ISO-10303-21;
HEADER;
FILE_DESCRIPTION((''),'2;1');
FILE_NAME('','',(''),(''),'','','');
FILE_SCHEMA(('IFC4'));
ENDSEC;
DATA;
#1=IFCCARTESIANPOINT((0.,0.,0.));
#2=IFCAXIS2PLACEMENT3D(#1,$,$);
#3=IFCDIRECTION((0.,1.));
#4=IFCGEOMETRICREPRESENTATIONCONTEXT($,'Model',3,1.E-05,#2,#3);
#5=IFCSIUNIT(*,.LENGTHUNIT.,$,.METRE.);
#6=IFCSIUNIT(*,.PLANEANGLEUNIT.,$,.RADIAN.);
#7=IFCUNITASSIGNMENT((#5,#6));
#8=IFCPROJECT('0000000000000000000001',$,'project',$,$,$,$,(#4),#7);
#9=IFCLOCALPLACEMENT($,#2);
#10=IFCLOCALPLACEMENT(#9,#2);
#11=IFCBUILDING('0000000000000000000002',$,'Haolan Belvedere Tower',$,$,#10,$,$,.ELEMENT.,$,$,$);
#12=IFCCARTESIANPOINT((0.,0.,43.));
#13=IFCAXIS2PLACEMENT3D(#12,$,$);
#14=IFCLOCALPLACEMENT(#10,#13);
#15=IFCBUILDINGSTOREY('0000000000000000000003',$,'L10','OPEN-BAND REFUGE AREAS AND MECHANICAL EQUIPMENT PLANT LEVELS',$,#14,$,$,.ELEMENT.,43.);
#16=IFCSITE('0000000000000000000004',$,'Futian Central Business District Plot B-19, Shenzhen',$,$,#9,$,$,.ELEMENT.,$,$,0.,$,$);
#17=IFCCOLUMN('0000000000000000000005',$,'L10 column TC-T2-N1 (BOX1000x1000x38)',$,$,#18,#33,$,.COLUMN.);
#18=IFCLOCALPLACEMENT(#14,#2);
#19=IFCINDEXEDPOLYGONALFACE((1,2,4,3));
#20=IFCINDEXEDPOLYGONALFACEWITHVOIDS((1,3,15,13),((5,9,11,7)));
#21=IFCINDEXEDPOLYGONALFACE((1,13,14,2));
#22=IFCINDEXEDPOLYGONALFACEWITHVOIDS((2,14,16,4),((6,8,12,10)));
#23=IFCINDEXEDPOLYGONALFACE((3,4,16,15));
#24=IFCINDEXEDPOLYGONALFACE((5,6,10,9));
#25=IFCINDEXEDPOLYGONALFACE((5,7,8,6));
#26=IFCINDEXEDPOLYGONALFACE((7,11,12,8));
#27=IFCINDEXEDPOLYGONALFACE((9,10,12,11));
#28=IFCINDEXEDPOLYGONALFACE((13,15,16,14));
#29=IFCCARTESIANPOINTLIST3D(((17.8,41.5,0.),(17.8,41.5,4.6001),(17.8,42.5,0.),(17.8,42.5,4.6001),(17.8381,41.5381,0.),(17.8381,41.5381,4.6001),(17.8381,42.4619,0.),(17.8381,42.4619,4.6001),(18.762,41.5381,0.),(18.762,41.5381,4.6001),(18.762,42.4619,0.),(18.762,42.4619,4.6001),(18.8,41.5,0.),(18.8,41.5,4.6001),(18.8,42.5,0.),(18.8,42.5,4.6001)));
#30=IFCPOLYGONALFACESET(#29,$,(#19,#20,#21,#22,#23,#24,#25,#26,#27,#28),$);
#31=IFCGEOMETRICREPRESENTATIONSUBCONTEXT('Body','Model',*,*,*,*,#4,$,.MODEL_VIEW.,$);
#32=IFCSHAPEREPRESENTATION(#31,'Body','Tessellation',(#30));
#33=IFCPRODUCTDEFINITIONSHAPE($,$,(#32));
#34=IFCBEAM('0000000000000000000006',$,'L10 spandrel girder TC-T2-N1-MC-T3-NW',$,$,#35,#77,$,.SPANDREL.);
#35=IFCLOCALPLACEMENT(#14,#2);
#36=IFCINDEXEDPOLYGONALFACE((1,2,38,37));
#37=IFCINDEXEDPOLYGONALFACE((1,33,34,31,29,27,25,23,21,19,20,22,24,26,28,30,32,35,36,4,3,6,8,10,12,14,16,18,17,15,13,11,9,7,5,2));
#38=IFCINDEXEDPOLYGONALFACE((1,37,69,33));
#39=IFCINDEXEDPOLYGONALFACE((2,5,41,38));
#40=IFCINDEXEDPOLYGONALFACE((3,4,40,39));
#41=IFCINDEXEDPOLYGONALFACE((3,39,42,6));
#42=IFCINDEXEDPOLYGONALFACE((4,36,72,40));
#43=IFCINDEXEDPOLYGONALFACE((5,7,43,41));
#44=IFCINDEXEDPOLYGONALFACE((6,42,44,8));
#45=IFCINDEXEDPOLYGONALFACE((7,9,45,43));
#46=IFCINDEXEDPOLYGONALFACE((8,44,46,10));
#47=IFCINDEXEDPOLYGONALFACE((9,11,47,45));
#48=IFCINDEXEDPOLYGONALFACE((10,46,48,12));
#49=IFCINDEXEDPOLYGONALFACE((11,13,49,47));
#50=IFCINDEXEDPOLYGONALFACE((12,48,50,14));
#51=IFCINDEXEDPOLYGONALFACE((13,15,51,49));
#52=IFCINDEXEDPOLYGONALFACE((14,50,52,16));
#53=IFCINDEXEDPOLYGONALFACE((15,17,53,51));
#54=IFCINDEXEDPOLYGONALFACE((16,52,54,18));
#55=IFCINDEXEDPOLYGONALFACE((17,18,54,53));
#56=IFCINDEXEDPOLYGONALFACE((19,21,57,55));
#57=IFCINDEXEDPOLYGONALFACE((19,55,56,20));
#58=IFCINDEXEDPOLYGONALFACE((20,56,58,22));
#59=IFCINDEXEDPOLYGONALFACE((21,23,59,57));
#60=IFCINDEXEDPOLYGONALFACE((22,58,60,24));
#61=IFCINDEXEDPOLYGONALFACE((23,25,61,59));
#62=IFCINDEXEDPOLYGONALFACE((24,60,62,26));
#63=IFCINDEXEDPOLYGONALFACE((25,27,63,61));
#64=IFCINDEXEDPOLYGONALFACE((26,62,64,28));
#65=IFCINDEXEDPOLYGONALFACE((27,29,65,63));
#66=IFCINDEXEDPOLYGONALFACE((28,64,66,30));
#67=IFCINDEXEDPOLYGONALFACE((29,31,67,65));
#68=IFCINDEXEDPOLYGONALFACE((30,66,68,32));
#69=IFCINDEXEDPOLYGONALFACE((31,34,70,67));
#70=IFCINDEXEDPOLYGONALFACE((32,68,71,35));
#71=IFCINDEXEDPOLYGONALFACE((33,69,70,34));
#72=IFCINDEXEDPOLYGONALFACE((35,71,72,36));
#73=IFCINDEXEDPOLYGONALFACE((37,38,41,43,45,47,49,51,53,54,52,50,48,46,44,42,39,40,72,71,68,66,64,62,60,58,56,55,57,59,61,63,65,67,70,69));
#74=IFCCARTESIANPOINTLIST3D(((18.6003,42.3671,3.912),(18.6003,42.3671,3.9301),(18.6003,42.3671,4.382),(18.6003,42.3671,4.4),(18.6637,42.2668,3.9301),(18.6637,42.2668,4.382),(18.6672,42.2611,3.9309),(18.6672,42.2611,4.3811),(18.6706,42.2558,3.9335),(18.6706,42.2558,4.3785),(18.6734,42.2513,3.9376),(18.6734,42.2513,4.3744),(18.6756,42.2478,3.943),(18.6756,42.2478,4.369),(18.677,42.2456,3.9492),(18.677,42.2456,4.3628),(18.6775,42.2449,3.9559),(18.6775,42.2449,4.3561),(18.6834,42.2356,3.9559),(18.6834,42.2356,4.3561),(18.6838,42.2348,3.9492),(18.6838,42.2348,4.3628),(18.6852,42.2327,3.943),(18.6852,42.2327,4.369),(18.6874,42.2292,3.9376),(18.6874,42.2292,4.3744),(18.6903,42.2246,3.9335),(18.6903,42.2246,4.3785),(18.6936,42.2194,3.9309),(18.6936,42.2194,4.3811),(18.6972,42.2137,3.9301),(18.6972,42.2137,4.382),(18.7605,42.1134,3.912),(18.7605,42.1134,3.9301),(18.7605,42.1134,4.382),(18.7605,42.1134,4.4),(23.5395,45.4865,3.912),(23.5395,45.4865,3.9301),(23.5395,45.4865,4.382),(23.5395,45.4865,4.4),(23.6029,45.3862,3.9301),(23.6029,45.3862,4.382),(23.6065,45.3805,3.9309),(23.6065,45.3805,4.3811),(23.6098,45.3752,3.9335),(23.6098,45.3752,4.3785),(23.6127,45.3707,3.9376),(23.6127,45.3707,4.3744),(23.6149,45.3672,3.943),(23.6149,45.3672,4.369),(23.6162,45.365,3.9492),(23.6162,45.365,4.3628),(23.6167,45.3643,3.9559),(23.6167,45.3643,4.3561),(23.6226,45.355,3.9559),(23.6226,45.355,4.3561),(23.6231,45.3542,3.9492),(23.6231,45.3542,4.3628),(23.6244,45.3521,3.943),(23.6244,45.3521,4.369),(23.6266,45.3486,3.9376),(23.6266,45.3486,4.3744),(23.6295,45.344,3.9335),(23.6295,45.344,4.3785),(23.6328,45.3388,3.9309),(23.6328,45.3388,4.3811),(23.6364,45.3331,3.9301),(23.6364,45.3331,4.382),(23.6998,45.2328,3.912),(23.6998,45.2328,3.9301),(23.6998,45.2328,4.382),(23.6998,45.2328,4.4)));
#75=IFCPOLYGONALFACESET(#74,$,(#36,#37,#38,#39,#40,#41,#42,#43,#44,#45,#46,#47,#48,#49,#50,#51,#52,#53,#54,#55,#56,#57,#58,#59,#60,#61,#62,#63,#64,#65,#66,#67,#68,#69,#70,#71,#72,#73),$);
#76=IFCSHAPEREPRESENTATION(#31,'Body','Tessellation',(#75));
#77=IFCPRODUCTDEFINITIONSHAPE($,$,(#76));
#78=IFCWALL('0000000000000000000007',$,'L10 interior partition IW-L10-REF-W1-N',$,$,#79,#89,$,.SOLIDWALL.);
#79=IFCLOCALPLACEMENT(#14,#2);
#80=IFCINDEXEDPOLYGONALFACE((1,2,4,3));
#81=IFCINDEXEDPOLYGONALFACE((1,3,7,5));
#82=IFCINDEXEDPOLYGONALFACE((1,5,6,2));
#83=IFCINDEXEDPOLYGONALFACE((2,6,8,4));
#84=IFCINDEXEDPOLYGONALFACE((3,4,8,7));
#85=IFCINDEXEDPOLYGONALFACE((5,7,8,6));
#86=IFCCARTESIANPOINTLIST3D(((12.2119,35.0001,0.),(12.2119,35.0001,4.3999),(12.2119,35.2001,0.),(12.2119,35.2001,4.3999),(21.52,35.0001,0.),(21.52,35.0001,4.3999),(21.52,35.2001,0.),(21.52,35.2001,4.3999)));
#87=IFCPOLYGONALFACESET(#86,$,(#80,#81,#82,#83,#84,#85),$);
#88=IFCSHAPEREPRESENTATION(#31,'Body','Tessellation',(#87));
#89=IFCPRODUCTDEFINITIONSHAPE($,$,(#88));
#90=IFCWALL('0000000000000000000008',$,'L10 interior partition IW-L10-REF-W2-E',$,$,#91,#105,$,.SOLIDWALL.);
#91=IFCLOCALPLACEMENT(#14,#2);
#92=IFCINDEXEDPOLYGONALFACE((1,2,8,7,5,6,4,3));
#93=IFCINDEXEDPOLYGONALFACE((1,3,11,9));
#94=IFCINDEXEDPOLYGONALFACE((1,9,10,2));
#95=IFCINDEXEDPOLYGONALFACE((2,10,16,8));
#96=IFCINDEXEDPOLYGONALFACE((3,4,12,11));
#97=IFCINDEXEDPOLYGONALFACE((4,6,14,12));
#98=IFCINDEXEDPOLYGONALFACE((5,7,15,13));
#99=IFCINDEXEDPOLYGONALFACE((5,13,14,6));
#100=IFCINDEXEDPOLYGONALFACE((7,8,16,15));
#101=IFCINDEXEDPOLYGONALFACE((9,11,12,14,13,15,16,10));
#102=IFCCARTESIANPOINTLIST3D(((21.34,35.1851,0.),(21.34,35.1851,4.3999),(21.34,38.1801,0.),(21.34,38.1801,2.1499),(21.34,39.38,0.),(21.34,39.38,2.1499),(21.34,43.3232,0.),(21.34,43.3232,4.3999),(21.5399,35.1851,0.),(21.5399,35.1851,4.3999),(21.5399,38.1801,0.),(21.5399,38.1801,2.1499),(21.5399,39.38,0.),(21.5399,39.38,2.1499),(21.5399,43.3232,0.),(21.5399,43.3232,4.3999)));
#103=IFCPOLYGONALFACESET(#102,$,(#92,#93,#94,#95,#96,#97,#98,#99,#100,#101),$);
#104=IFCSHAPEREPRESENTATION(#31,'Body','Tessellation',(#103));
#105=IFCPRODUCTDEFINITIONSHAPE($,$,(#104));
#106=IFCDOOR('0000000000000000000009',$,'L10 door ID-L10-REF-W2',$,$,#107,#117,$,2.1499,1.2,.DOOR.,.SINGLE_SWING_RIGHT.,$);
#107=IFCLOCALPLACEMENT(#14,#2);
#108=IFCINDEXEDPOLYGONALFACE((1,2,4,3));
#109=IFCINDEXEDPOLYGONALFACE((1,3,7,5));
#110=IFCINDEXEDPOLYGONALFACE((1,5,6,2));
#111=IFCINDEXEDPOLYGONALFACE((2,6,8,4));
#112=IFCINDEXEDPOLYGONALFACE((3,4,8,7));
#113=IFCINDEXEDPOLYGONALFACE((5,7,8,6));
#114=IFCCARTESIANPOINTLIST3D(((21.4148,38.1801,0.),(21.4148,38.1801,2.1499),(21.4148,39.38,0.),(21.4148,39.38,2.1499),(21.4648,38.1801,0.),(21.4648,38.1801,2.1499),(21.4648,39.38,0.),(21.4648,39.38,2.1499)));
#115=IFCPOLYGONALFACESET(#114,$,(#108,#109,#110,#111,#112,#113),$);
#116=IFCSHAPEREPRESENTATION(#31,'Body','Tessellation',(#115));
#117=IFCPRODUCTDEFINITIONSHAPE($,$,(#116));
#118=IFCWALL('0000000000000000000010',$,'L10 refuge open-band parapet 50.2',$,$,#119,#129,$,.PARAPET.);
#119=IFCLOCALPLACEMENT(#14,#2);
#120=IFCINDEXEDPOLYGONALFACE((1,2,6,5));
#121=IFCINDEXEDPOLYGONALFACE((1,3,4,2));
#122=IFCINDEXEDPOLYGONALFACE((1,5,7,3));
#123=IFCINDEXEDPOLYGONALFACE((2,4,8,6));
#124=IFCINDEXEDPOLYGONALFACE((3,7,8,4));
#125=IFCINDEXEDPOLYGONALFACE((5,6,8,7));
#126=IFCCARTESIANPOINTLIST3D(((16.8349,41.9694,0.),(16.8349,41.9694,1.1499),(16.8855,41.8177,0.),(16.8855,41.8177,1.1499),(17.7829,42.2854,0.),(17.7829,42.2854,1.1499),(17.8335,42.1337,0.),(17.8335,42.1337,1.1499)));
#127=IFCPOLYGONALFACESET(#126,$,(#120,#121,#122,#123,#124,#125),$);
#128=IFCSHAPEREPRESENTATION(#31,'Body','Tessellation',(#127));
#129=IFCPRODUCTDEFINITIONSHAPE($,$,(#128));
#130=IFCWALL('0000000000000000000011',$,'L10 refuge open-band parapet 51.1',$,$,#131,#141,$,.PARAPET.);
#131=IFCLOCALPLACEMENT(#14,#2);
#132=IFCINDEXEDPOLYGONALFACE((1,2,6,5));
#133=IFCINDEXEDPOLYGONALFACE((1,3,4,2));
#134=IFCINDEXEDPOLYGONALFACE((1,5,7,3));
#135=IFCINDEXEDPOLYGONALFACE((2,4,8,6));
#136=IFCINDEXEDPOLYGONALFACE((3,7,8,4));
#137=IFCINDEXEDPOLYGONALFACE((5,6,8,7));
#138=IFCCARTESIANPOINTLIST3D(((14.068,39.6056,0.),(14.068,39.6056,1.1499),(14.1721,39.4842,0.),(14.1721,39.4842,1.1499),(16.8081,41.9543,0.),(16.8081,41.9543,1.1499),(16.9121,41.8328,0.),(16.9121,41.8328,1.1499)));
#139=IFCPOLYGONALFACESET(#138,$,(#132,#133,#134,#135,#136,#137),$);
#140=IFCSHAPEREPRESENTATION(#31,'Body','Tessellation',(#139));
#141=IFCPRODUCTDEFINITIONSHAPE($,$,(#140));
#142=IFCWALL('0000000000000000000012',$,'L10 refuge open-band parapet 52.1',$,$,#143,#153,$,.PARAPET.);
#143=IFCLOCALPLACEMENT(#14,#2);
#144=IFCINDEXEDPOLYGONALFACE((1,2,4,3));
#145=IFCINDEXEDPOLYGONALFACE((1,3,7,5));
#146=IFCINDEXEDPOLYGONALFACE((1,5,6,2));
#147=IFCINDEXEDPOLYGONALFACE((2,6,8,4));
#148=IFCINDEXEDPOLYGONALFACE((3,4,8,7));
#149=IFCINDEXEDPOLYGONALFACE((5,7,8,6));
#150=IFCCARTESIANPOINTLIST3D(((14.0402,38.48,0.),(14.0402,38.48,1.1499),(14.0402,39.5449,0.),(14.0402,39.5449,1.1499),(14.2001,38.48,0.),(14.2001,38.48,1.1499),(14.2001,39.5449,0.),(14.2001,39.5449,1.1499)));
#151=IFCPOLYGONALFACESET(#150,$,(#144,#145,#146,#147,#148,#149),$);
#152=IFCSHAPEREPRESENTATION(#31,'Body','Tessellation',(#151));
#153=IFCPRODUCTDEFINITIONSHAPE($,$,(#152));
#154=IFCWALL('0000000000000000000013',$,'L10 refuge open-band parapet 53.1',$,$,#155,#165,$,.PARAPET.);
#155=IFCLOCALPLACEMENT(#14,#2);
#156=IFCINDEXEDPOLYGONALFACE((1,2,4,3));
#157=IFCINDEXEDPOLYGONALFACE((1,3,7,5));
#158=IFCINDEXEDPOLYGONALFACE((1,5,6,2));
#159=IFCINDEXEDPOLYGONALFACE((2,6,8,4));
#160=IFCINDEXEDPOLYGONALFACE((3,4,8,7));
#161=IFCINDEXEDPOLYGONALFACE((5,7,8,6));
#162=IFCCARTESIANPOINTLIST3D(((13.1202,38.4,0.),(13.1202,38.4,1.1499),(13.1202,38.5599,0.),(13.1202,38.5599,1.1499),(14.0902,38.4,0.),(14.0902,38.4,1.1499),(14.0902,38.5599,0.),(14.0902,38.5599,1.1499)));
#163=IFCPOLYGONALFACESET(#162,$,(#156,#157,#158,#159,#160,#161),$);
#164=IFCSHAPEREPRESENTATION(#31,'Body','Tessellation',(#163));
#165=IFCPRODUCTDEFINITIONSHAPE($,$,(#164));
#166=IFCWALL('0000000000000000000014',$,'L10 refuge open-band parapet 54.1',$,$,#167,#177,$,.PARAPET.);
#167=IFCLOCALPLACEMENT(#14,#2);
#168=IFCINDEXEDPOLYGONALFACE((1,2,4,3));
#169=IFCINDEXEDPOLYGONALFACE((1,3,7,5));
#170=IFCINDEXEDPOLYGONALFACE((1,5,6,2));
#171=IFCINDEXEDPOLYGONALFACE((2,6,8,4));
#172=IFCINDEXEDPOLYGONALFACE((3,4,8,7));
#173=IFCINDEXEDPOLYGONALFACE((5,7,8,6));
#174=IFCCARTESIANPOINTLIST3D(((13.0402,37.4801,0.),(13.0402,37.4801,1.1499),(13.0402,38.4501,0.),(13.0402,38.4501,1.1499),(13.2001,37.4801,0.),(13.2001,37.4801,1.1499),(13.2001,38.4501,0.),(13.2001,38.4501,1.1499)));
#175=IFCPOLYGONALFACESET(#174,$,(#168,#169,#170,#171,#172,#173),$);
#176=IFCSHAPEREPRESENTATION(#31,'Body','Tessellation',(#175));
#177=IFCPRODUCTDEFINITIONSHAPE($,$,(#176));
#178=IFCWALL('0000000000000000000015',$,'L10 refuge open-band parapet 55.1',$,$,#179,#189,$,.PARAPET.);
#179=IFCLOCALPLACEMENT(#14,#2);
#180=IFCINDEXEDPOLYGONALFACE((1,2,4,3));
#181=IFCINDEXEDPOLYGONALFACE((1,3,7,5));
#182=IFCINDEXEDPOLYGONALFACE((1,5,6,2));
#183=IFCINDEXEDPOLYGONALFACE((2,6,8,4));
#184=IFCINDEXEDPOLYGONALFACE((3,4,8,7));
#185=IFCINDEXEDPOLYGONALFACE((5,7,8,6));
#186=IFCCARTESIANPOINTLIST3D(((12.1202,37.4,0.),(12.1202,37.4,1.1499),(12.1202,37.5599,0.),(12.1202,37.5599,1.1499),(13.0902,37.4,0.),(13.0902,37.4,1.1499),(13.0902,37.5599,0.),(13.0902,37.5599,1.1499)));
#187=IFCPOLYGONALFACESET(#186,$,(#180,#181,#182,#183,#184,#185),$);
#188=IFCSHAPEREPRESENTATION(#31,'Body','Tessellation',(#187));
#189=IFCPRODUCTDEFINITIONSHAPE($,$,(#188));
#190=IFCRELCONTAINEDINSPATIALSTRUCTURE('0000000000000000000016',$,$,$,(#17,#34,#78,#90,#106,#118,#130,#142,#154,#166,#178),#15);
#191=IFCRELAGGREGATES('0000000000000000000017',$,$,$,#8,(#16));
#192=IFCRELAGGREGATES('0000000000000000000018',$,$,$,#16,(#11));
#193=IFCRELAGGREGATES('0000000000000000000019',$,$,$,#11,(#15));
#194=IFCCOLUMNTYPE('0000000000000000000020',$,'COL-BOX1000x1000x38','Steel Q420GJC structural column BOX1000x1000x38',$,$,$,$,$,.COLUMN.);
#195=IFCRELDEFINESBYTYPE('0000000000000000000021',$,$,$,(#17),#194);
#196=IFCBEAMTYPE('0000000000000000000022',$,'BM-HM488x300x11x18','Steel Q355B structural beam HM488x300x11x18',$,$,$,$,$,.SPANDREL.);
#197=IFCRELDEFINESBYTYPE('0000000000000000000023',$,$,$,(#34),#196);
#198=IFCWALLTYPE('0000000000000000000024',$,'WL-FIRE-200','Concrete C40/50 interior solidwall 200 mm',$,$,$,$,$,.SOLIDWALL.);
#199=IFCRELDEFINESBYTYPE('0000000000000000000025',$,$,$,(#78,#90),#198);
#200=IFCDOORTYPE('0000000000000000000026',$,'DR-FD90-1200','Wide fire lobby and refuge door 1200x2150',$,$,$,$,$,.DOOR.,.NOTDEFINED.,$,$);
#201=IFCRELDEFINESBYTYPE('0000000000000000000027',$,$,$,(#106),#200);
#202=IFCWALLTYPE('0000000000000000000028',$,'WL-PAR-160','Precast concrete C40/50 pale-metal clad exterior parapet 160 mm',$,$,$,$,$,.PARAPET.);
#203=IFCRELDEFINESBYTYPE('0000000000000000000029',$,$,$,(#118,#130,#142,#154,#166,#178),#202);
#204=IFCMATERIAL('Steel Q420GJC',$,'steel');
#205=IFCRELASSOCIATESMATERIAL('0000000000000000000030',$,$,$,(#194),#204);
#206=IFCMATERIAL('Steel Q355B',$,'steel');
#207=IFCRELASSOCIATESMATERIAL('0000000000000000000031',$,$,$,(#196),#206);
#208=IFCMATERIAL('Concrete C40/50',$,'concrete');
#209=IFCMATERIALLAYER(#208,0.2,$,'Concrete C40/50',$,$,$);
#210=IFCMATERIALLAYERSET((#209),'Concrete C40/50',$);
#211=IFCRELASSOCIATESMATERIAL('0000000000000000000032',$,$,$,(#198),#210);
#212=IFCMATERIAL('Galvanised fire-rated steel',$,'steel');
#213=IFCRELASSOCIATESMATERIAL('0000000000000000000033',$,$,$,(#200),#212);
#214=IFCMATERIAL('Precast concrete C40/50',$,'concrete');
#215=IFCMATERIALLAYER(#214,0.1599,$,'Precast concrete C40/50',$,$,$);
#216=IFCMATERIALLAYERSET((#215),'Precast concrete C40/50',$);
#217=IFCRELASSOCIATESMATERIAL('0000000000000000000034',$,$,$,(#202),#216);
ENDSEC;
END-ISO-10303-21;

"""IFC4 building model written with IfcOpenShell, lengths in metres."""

from ifc_helpers import new_model, si_unit, direction, frame, frame_2d, origin, origin_2d, place, context, subcontext, project, spatial, rectangle, hollow_rectangle, i_section, extrude, material, layer, layer_set, material_profile, profile_set, type_object, element, fill, save


model = new_model("IFC4")

# Units and contexts
model_context = context("Model", 3, precision=1e-05, world=origin(), true_north=direction((0.0, 1.0)))
body_context = subcontext(model_context, "Body", "Model", "MODEL_VIEW")
ifc_project = project(units=[si_unit("LENGTHUNIT", "METRE"), si_unit("PLANEANGLEUNIT", "RADIAN")], contexts=[model_context])

# Site, building, storey
site_placement = place(None, origin())
site = spatial("IfcSite", under=ifc_project, at=site_placement, Name="Futian Central Business District Plot B-19, Shenzhen", CompositionType="ELEMENT", RefElevation=0.0)
building_placement = place(site_placement, origin())
building = spatial("IfcBuilding", under=site, at=building_placement, Name="Haolan Belvedere Tower", CompositionType="ELEMENT")
storey_placement = place(building_placement, frame((0.0, 0.0, 43.0)))
storey = spatial("IfcBuildingStorey", under=building, at=storey_placement, Name="L10", Description="OPEN-BAND REFUGE AREAS AND MECHANICAL EQUIPMENT PLANT LEVELS", CompositionType="ELEMENT", Elevation=43.0)

# Column
ifc_material_1 = material(Name="Steel Q420GJC", Category="steel")
ifc_material_profile_1 = material_profile(ifc_material_1, hollow_rectangle(XDim=1.0, YDim=1.0, WallThickness=0.0381, at=origin_2d()), Name="Steel Q420GJC")
ifc_profile_set_1 = profile_set([ifc_material_profile_1], Name="Steel Q420GJC")
column_type = type_object("IfcColumnType", Name="COL-BOX1000x1000x38", Description="Steel Q420GJC structural column BOX1000x1000x38", PredefinedType="COLUMN", material=ifc_profile_set_1)
column_placement = place(storey_placement, frame((18.3, 42.0, 0.0), z_axis=(0.0, 0.0, 1.0), x_axis=(1.0, 0.0, 0.0)))
element("IfcColumn", 1, at=column_placement, inside=storey, type_object=column_type, Name="L10 column TC-T2-N1 (BOX1000x1000x38)", PredefinedType="COLUMN", context=body_context, shape_type="SweptSolid", body=[
    extrude(hollow_rectangle(XDim=1.0, YDim=1.0, WallThickness=0.0381, at=origin_2d()), origin(), (0.0, 0.0, 1.0), 4.6001),
])

# Beam
ifc_material_2 = material(Name="Steel Q355B", Category="steel")
ifc_material_profile_2 = material_profile(ifc_material_2, i_section(OverallWidth=0.3, OverallDepth=0.488, WebThickness=0.011, FlangeThickness=0.0181, FilletRadius=0.0259, at=origin_2d()), Name="Steel Q355B")
ifc_profile_set_2 = profile_set([ifc_material_profile_2], Name="Steel Q355B")
beam_type = type_object("IfcBeamType", Name="BM-HM488x300x11x18", Description="Steel Q355B structural beam HM488x300x11x18", PredefinedType="SPANDREL", material=ifc_profile_set_2)
beam_placement = place(storey_placement, frame((18.6804, 42.2402, 4.156), z_axis=(0.845498, 0.533979, 0.0), x_axis=(-0.533979, 0.845498, 0.0)))
element("IfcBeam", 2, at=beam_placement, inside=storey, type_object=beam_type, Name="L10 spandrel girder TC-T2-N1-MC-T3-NW", PredefinedType="SPANDREL", context=body_context, shape_type="SweptSolid", body=[
    extrude(i_section(OverallWidth=0.3, OverallDepth=0.488, WebThickness=0.011, FlangeThickness=0.0181, FilletRadius=0.0259, at=origin_2d()), origin(), (0.0, 0.0, 1.0), 5.8418),
])

# Wall
ifc_material_3 = material(Name="Concrete C40/50", Category="concrete")
ifc_layer_1 = layer(ifc_material_3, 0.2, Name="Concrete C40/50")
ifc_layer_set_1 = layer_set([ifc_layer_1], Name="Concrete C40/50")
wall_type_1 = type_object("IfcWallType", Name="WL-FIRE-200", Description="Concrete C40/50 interior solidwall 200 mm", PredefinedType="SOLIDWALL", material=ifc_layer_set_1)
wall_1_placement = place(storey_placement, frame((12.2119, 35.1001, 0.0), z_axis=(0.0, 0.0, 1.0), x_axis=(1.0, 0.0, 0.0)))
element("IfcWall", 3, at=wall_1_placement, inside=storey, type_object=wall_type_1, Name="L10 interior partition IW-L10-REF-W1-N", PredefinedType="SOLIDWALL", context=body_context, shape_type="SweptSolid", body=[
    extrude(rectangle(XDim=9.3081, YDim=0.2, at=frame_2d((4.6541, 0.0))), origin(), (0.0, 0.0, 1.0), 4.3999),
])

# Wall, opening, door
wall_2_placement = place(storey_placement, frame((21.4399, 35.1851, 0.0), z_axis=(0.0, 0.0, 1.0), x_axis=(0.0, 1.0, 0.0)))
wall_2 = element("IfcWall", 4, at=wall_2_placement, inside=storey, type_object=wall_type_1, Name="L10 interior partition IW-L10-REF-W2-E", PredefinedType="SOLIDWALL", context=body_context, shape_type="SweptSolid", body=[
    extrude(rectangle(XDim=8.1382, YDim=0.2, at=frame_2d((4.0691, 0.0))), origin(), (0.0, 0.0, 1.0), 4.3999),
])
opening_placement = place(wall_2_placement, frame((4.1951, 0.0, 0.0), z_axis=(0.0, 0.0, 1.0), x_axis=(-1.0, 0.0, 0.0)))
opening = element("IfcOpeningElement", 5, at=opening_placement, cuts=wall_2, PredefinedType="OPENING", context=body_context, shape_type="SweptSolid", body=[
    extrude(rectangle(XDim=1.2, YDim=2.1499, at=frame_2d((0.6001, 1.075))), frame((0.0, 0.1099, 0.0), z_axis=(0.0, -1.0, 0.0), x_axis=(1.0, 0.0, 0.0)), (0.0, 0.0, 1.0), 0.22),
])
ifc_material_4 = material(Name="Galvanised fire-rated steel", Category="steel")
door_type = type_object("IfcDoorType", Name="DR-FD90-1200", Description="Wide fire lobby and refuge door 1200x2150", OperationType="NOTDEFINED", PredefinedType="DOOR", material=ifc_material_4)
door_placement = place(opening_placement, origin())
door = element("IfcDoor", 6, at=door_placement, inside=storey, type_object=door_type, Name="L10 door ID-L10-REF-W2", OperationType="SINGLE_SWING_RIGHT", OverallHeight=2.1499, OverallWidth=1.2, PredefinedType="DOOR", context=body_context, shape_type="SweptSolid", body=[
    extrude(rectangle(XDim=1.2, YDim=2.1499, at=frame_2d((0.6001, 1.075))), frame((0.0, 0.0249, 0.0), z_axis=(0.0, -1.0, 0.0), x_axis=(1.0, 0.0, 0.0)), (0.0, 0.0, 1.0), 0.05),
])
fill(opening, door)

# Walls
ifc_material_5 = material(Name="Precast concrete C40/50", Category="concrete")
ifc_layer_2 = layer(ifc_material_5, 0.1599, Name="Precast concrete C40/50")
ifc_layer_set_2 = layer_set([ifc_layer_2], Name="Precast concrete C40/50")
wall_type_2 = type_object("IfcWallType", Name="WL-PAR-160", Description="Precast concrete C40/50 pale-metal clad exterior parapet 160 mm", PredefinedType="PARAPET", material=ifc_layer_set_2)
wall_3_placement = place(storey_placement, frame((17.8081, 42.2095, 0.0), z_axis=(0.0, 0.0, 1.0), x_axis=(-0.948708, -0.316154, 0.0)))
element("IfcWall", 7, at=wall_3_placement, inside=storey, type_object=wall_type_2, Name="L10 refuge open-band parapet 50.2", PredefinedType="PARAPET", context=body_context, shape_type="SweptSolid", body=[
    extrude(rectangle(XDim=0.9993, YDim=0.1599, at=frame_2d((0.4995, 0.0))), origin(), (0.0, 0.0, 1.0), 1.1499),
])
wall_4_placement = place(storey_placement, frame((16.8601, 41.8936, 0.0), z_axis=(0.0, 0.0, 1.0), x_axis=(-0.759247, -0.650803, 0.0)))
element("IfcWall", 8, at=wall_4_placement, inside=storey, type_object=wall_type_2, Name="L10 refuge open-band parapet 51.1", PredefinedType="PARAPET", context=body_context, shape_type="SweptSolid", body=[
    extrude(rectangle(XDim=3.6089, YDim=0.1599, at=frame_2d((1.8044, 0.0))), origin(), (0.0, 0.0, 1.0), 1.1499),
])
wall_5_placement = place(storey_placement, frame((14.1201, 39.5449, 0.0), z_axis=(0.0, 0.0, 1.0), x_axis=(0.0, -1.0, 0.0)))
element("IfcWall", 9, at=wall_5_placement, inside=storey, type_object=wall_type_2, Name="L10 refuge open-band parapet 52.1", PredefinedType="PARAPET", context=body_context, shape_type="SweptSolid", body=[
    extrude(rectangle(XDim=1.0649, YDim=0.1599, at=frame_2d((0.5325, 0.0))), origin(), (0.0, 0.0, 1.0), 1.1499),
])
for number, where, z_axis, x_axis, name in (
    (10, (14.0901, 38.48, 0.0), (0.0, 0.0, 1.0), (-1.0, 0.0, 0.0), "L10 refuge open-band parapet 53.1"),
    (11, (13.1201, 38.45, 0.0), (0.0, 0.0, 1.0), (0.0, -1.0, 0.0), "L10 refuge open-band parapet 54.1"),
    (12, (13.0901, 37.48, 0.0), (0.0, 0.0, 1.0), (-1.0, 0.0, 0.0), "L10 refuge open-band parapet 55.1"),
):
    element("IfcWall", number, at=place(storey_placement, frame(where, z_axis=z_axis, x_axis=x_axis)), inside=storey, type_object=wall_type_2, Name=name, PredefinedType="PARAPET", context=body_context, shape_type="SweptSolid", body=[
        extrude(rectangle(XDim=0.97, YDim=0.1599, at=frame_2d((0.4849, 0.0))), origin(), (0.0, 0.0, 1.0), 1.1499),
    ])

save(model, "model.ifc")
